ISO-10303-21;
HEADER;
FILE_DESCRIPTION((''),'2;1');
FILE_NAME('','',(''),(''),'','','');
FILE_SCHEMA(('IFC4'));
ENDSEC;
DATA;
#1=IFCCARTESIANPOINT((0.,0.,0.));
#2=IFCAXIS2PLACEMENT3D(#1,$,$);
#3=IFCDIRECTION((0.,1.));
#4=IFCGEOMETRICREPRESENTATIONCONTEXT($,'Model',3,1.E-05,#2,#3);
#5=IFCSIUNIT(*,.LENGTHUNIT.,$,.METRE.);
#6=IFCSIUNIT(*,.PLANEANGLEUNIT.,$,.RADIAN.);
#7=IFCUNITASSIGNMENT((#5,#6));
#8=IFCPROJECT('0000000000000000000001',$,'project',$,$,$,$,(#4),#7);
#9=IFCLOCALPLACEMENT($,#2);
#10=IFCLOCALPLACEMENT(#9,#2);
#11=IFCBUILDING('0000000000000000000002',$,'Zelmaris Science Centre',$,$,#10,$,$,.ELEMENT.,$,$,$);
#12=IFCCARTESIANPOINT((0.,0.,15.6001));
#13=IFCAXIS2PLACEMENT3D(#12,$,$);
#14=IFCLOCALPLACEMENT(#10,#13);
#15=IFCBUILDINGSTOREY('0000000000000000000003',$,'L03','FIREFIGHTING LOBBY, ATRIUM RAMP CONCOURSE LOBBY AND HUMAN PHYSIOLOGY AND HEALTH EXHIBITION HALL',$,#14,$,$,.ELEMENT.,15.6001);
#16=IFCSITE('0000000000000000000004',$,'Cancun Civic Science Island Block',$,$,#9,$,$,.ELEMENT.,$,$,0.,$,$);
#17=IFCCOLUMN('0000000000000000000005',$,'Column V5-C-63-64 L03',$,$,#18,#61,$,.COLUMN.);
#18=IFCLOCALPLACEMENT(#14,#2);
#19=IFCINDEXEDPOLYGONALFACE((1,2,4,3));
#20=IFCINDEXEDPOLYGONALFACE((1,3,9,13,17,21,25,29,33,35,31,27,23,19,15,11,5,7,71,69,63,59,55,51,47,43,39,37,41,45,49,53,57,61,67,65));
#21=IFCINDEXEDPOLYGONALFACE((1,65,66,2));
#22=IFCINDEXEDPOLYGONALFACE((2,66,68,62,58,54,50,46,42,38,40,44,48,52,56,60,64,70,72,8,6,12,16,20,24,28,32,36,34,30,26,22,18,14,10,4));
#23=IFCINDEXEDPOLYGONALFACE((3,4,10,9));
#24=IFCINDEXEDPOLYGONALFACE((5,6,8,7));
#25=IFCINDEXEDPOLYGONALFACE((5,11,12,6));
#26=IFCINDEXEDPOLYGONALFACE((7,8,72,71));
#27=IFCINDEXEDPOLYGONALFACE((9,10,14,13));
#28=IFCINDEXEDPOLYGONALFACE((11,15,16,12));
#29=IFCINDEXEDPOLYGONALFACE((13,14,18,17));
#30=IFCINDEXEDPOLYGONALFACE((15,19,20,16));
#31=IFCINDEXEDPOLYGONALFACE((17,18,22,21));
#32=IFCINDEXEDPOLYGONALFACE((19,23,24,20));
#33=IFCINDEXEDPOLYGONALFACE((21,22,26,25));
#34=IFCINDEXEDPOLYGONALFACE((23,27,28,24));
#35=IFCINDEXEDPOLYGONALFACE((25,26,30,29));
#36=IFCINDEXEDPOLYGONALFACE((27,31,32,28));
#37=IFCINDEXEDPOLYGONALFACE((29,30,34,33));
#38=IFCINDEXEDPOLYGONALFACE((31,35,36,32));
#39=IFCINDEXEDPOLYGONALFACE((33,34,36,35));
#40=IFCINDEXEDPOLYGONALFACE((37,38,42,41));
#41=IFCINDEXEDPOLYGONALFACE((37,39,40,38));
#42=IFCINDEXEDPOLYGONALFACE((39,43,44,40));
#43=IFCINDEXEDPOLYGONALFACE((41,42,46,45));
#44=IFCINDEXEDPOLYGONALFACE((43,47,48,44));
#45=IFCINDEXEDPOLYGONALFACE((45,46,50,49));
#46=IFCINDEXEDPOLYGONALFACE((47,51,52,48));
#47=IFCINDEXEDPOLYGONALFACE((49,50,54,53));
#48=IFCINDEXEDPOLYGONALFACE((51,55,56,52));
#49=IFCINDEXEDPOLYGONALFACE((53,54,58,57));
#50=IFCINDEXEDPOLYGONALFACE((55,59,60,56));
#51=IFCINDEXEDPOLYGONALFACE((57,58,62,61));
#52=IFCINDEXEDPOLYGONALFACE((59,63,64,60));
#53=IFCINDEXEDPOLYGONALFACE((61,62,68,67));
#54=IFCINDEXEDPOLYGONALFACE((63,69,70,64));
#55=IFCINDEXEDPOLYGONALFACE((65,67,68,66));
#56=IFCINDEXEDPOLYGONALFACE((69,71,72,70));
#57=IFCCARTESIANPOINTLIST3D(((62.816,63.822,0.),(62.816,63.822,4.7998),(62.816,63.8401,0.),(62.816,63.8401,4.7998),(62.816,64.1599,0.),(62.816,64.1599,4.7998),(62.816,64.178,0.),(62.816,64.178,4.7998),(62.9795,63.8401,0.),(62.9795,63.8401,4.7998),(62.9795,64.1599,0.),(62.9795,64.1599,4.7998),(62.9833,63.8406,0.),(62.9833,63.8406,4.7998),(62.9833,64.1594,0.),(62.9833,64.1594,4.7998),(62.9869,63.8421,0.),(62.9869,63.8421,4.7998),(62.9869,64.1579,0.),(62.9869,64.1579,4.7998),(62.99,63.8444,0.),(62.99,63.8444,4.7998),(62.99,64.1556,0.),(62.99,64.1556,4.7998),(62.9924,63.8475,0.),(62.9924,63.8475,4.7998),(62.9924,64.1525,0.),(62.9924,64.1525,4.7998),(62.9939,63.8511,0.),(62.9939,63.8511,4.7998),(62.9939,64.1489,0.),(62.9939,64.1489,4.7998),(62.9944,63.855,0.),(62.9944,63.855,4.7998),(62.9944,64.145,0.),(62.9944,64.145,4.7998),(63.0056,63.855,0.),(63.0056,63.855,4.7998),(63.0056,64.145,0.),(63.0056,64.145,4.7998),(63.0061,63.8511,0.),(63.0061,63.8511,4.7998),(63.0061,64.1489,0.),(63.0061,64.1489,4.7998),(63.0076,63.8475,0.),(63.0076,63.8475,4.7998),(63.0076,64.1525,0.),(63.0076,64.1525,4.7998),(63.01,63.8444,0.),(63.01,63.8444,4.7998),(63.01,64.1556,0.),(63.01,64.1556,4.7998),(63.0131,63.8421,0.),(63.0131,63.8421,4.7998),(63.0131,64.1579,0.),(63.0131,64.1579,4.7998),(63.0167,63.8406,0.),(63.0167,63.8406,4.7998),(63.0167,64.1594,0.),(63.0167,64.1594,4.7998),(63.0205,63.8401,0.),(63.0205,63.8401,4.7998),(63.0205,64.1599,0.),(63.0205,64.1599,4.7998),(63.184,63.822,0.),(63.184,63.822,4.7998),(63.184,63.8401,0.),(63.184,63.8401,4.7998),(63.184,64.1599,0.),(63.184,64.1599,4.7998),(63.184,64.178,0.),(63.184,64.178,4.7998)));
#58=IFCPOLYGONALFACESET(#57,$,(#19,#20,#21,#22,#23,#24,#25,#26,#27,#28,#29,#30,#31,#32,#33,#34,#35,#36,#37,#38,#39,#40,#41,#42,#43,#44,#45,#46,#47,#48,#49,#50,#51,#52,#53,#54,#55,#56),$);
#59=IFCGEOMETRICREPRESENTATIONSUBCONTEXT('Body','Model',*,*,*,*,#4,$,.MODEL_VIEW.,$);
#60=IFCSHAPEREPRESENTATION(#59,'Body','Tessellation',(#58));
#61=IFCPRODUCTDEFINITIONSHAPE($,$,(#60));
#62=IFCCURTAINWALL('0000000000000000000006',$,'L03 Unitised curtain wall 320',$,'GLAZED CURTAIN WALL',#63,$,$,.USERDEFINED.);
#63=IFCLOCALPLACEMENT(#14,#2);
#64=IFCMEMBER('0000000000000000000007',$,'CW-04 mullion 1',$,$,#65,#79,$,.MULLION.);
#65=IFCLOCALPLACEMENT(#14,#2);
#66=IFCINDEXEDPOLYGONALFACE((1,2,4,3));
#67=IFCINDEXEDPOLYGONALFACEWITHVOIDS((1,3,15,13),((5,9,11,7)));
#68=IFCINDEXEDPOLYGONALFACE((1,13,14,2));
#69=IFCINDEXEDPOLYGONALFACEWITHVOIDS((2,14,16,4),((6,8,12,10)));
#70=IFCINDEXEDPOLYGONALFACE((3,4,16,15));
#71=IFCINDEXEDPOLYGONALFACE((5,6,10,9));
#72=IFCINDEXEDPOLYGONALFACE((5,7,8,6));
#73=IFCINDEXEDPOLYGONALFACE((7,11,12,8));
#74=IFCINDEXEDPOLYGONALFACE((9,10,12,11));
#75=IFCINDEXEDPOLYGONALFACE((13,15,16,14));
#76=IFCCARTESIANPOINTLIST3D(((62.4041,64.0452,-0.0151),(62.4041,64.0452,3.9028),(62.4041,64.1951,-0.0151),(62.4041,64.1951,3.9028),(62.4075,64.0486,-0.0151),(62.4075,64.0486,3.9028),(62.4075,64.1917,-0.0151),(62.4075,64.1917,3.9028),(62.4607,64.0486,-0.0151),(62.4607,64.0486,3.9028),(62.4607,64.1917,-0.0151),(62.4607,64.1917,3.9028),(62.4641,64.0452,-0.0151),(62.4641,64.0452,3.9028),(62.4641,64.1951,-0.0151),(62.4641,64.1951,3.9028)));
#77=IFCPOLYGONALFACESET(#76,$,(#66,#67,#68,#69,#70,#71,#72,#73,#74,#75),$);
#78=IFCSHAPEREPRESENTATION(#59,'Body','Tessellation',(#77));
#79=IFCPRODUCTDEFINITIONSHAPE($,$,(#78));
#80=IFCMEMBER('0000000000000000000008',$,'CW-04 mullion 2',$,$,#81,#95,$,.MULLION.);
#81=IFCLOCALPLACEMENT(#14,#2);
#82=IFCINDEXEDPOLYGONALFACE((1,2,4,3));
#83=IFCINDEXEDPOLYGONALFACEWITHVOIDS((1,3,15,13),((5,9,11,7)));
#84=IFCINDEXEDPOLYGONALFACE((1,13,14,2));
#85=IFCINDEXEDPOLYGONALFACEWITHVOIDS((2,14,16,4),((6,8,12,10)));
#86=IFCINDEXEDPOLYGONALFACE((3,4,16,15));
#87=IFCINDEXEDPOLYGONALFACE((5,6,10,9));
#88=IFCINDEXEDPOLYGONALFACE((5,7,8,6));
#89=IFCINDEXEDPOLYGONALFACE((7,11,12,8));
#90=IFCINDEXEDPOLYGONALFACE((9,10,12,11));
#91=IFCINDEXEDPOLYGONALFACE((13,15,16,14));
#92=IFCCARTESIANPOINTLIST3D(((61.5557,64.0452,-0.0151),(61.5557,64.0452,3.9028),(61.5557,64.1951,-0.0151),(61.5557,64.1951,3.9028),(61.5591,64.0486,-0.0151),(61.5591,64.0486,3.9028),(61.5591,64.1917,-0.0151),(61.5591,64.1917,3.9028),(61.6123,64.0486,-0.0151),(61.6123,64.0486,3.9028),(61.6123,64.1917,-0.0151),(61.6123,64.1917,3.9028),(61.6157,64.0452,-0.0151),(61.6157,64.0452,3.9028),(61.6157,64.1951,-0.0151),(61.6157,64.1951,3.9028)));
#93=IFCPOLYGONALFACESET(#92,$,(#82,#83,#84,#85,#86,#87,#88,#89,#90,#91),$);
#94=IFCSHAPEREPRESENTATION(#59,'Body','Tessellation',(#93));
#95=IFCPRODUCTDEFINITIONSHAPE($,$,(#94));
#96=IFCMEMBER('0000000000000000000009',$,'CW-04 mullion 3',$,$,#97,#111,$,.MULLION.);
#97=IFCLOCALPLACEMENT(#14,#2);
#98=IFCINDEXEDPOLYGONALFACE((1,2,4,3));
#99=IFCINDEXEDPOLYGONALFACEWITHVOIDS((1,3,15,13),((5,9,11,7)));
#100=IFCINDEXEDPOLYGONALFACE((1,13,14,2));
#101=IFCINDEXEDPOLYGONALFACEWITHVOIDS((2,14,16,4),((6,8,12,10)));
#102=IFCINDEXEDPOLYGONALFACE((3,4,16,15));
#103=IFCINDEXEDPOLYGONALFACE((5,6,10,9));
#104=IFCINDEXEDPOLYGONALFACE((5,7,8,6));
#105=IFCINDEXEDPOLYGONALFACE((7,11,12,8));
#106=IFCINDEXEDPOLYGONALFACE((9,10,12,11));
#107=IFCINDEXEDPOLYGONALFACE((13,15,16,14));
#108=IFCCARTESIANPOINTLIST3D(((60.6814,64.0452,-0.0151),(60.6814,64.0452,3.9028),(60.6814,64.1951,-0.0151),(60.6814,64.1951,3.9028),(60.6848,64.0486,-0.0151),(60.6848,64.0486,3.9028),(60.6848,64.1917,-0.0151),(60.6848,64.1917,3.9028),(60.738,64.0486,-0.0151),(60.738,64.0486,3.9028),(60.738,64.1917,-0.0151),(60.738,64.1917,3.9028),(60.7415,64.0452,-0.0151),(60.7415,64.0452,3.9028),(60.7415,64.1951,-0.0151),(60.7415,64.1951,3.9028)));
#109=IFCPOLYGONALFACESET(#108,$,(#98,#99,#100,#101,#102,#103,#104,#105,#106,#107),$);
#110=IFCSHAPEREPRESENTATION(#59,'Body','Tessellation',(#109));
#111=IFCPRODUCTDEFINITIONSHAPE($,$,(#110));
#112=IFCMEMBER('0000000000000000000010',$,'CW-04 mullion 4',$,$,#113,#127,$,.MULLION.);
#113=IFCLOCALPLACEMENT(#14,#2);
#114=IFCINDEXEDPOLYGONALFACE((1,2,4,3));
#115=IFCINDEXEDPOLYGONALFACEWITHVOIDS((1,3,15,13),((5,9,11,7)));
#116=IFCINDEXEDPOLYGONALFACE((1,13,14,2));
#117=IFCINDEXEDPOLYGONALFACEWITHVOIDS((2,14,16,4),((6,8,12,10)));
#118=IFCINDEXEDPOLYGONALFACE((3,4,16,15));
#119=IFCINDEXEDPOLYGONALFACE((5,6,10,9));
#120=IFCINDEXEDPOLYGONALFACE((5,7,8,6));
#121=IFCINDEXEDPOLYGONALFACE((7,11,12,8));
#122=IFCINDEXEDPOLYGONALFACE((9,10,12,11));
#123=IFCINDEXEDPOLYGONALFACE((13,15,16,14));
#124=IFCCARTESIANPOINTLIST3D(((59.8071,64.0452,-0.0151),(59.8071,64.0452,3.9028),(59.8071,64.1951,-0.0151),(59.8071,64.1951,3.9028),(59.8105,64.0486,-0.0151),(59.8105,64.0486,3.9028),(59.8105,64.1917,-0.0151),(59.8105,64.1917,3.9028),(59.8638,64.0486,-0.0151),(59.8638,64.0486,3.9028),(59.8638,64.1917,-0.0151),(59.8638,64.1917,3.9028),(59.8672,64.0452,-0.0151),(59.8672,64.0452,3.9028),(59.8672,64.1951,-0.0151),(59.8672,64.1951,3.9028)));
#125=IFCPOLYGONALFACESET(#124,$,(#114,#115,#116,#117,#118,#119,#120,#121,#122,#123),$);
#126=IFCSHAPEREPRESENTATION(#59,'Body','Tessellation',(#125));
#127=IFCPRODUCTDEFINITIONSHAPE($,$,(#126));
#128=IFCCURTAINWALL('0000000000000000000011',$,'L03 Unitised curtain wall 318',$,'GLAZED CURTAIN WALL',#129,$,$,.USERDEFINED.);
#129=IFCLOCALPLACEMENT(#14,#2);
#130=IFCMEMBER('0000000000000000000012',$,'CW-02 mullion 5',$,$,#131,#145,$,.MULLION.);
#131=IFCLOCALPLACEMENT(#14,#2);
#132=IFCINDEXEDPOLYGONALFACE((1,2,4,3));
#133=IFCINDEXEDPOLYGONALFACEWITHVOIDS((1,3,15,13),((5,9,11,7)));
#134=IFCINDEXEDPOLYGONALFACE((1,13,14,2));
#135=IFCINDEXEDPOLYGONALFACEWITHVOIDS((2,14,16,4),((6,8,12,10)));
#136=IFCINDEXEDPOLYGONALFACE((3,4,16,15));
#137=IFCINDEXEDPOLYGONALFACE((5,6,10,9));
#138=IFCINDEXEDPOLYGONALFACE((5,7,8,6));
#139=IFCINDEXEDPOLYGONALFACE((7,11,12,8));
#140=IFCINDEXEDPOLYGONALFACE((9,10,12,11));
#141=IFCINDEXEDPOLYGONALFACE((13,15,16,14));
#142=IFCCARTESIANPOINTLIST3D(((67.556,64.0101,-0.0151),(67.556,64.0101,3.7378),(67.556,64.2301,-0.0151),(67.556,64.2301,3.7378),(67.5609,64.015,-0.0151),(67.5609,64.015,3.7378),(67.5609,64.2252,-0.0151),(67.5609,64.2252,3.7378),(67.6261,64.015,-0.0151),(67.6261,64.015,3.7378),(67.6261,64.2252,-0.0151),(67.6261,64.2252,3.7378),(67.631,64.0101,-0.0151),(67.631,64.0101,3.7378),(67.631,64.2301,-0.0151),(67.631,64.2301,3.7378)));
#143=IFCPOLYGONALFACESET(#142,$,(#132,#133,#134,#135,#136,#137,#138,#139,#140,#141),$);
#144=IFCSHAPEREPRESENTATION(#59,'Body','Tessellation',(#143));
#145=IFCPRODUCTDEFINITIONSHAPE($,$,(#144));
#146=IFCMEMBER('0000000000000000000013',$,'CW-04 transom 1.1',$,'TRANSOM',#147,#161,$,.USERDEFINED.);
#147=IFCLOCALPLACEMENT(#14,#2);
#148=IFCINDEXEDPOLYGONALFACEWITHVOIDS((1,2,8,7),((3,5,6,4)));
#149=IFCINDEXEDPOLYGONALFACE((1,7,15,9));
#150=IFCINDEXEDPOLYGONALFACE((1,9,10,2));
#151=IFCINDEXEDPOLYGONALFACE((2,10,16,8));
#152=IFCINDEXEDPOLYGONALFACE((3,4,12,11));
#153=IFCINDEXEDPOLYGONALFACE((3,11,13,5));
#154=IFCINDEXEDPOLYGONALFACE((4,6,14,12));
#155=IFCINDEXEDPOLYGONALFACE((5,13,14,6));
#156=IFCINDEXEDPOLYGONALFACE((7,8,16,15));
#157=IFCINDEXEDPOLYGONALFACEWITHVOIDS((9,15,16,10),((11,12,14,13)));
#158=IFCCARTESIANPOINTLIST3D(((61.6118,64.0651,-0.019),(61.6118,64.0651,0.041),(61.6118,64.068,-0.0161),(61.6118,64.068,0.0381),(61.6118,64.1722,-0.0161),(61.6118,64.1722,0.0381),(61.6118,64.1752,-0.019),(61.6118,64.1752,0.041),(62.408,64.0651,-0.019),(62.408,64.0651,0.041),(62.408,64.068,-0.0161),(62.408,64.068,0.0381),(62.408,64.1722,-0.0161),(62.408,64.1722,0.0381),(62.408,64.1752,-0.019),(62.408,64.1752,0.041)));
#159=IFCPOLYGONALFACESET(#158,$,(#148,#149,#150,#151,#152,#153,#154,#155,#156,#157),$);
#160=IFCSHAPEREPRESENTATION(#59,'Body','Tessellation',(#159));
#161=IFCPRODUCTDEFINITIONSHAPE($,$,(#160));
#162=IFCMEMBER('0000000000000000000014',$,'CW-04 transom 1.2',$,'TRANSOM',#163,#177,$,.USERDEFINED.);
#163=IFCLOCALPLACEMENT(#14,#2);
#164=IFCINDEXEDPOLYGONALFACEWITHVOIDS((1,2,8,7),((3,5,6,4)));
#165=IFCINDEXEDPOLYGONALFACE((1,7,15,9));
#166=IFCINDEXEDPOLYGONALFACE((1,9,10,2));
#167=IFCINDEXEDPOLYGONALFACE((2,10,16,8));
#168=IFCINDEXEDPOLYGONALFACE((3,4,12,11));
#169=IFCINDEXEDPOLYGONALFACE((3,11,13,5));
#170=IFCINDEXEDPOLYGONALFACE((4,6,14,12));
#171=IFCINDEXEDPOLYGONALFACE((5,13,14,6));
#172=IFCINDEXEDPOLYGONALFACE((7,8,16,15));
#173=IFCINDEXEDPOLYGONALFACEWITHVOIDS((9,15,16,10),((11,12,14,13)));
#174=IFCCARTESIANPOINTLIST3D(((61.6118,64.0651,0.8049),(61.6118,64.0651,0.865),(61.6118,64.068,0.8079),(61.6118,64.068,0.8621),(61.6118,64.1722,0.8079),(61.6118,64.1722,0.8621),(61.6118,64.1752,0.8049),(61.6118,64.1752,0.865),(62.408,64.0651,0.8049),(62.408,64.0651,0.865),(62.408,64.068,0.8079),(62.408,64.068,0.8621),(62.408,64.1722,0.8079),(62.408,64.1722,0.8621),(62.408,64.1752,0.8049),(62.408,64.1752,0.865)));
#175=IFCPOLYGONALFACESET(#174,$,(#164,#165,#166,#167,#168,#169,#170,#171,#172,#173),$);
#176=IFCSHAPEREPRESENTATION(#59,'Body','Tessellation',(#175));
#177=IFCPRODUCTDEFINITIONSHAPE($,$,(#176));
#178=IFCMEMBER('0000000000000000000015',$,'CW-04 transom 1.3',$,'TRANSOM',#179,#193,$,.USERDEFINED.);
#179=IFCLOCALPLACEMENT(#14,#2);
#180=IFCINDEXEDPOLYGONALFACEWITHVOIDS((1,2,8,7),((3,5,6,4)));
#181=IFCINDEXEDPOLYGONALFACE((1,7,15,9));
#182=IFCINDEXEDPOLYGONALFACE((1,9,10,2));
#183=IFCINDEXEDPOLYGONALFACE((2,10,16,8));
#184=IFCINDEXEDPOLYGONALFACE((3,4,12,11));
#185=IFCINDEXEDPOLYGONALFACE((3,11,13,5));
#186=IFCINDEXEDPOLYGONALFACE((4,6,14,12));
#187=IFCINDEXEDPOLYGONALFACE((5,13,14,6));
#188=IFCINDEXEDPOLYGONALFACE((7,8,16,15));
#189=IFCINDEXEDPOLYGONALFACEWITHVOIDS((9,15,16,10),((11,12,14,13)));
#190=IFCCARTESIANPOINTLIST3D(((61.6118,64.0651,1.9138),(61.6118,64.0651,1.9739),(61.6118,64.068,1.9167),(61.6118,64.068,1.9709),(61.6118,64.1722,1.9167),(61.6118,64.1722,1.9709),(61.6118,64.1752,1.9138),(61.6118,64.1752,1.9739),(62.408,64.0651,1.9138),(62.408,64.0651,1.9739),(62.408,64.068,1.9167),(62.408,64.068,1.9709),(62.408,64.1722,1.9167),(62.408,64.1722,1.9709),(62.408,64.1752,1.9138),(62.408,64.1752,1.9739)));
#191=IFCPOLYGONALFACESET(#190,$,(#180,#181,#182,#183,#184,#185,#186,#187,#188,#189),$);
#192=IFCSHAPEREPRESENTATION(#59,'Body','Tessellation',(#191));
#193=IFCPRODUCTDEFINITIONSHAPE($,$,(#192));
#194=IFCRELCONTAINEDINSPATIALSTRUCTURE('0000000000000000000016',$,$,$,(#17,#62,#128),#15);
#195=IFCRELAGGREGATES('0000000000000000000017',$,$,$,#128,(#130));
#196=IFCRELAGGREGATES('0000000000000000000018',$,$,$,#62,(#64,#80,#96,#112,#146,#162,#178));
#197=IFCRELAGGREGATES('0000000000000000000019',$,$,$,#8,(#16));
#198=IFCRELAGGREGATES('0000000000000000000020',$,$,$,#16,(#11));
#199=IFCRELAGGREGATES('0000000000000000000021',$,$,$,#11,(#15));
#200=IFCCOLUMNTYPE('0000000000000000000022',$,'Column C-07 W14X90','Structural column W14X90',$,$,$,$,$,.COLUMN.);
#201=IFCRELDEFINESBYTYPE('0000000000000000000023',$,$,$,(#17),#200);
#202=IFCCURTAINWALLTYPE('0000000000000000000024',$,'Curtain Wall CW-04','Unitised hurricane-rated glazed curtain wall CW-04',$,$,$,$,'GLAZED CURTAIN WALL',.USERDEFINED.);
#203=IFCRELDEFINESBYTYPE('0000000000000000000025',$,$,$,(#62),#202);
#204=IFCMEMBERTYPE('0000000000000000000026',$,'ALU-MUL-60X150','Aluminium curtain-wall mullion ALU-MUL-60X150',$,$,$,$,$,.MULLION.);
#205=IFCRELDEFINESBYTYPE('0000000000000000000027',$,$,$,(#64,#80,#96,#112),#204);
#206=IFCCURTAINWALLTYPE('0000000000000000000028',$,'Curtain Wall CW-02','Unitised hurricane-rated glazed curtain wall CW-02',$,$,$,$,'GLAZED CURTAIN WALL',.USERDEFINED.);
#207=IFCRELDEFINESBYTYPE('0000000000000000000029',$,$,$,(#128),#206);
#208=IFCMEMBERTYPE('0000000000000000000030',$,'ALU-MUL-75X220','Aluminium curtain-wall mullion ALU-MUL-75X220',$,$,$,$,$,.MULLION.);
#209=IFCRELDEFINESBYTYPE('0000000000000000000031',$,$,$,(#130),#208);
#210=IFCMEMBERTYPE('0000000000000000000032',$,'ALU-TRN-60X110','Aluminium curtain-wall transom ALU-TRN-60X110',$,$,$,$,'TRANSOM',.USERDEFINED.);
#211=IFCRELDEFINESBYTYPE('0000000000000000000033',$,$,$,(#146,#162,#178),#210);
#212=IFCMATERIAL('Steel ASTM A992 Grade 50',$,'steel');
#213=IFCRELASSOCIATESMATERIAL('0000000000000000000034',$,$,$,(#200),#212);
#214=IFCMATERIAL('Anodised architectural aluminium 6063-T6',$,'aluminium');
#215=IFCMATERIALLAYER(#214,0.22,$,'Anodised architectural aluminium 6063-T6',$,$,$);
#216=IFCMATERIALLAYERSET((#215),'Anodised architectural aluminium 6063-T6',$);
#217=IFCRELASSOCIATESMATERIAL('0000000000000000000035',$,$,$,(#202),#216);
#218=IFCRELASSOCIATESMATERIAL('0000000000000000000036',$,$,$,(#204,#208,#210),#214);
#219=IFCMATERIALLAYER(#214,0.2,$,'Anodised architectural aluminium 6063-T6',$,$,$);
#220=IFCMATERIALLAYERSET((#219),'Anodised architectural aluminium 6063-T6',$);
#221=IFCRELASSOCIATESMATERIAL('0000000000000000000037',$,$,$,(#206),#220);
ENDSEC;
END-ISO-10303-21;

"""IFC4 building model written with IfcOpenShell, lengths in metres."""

from ifc_helpers import new_model, si_unit, direction, frame, origin, origin_2d, place, context, subcontext, project, spatial, hollow_rectangle, i_section, extrude, material, layer, layer_set, material_profile, profile_set, type_object, element, aggregate, save


model = new_model("IFC4")

# Units and contexts
model_context = context("Model", 3, precision=1e-05, world=origin(), true_north=direction((0.0, 1.0)))
body_context = subcontext(model_context, "Body", "Model", "MODEL_VIEW")
ifc_project = project(units=[si_unit("LENGTHUNIT", "METRE"), si_unit("PLANEANGLEUNIT", "RADIAN")], contexts=[model_context])

# Site, building, storey
site_placement = place(None, origin())
site = spatial("IfcSite", under=ifc_project, at=site_placement, Name="Cancun Civic Science Island Block", CompositionType="ELEMENT", RefElevation=0.0)
building_placement = place(site_placement, origin())
building = spatial("IfcBuilding", under=site, at=building_placement, Name="Zelmaris Science Centre", CompositionType="ELEMENT")
storey_placement = place(building_placement, frame((0.0, 0.0, 15.6001)))
storey = spatial("IfcBuildingStorey", under=building, at=storey_placement, Name="L03", Description="FIREFIGHTING LOBBY, ATRIUM RAMP CONCOURSE LOBBY AND HUMAN PHYSIOLOGY AND HEALTH EXHIBITION HALL", CompositionType="ELEMENT", Elevation=15.6001)

# Column
ifc_material_1 = material(Name="Steel ASTM A992 Grade 50", Category="steel")
ifc_material_profile_1 = material_profile(ifc_material_1, i_section(OverallWidth=0.3679, OverallDepth=0.356, WebThickness=0.0112, FlangeThickness=0.0181, FilletRadius=0.0149, at=origin_2d()), Name="W14X90")
ifc_profile_set_1 = profile_set([ifc_material_profile_1], Name="Steel ASTM A992 Grade 50")
column_type = type_object("IfcColumnType", Name="Column C-07 W14X90", Description="Structural column W14X90", PredefinedType="COLUMN", material=ifc_profile_set_1)
column_placement = place(storey_placement, frame((63.0, 64.0, 0.0), z_axis=(0.0, 0.0, 1.0), x_axis=(1.0, 0.0, 0.0)))
element("IfcColumn", 1, at=column_placement, inside=storey, type_object=column_type, Name="Column V5-C-63-64 L03", PredefinedType="COLUMN", context=body_context, shape_type="SweptSolid", body=[
    extrude(i_section(OverallWidth=0.3679, OverallDepth=0.356, WebThickness=0.0112, FlangeThickness=0.0181, FilletRadius=0.0149, at=origin_2d()), origin(), (0.0, 0.0, 1.0), 4.7998),
])

# Curtain wall, members
ifc_material_2 = material(Name="Anodised architectural aluminium 6063-T6", Category="aluminium")
ifc_layer_1 = layer(ifc_material_2, 0.22, Name="Anodised architectural aluminium 6063-T6")
ifc_layer_set_1 = layer_set([ifc_layer_1], Name="Anodised architectural aluminium 6063-T6")
curtain_wall_type_1 = type_object("IfcCurtainWallType", Name="Curtain Wall CW-04", Description="Unitised hurricane-rated glazed curtain wall CW-04", ElementType="GLAZED CURTAIN WALL", PredefinedType="USERDEFINED", material=ifc_layer_set_1)
curtain_wall_1_placement = place(storey_placement, origin())
curtain_wall_1 = element("IfcCurtainWall", 2, at=curtain_wall_1_placement, inside=storey, type_object=curtain_wall_type_1, Name="L03 Unitised curtain wall 320", ObjectType="GLAZED CURTAIN WALL", PredefinedType="USERDEFINED")
ifc_material_profile_2 = material_profile(ifc_material_2, hollow_rectangle(XDim=0.0601, YDim=0.1499, WallThickness=0.0034, at=origin_2d()), Name="ALU-MUL-60X150")
ifc_profile_set_2 = profile_set([ifc_material_profile_2], Name="Anodised architectural aluminium 6063-T6")
member_type_1 = type_object("IfcMemberType", Name="ALU-MUL-60X150", Description="Aluminium curtain-wall mullion ALU-MUL-60X150", PredefinedType="MULLION", material=ifc_profile_set_2)
member_1_placement = place(storey_placement, frame((62.4341, 64.1201, -0.0151), z_axis=(0.0, 0.0, 1.0), x_axis=(-1.0, 0.000003, 0.0)))
member_1 = element("IfcMember", 3, at=member_1_placement, type_object=member_type_1, Name="CW-04 mullion 1", PredefinedType="MULLION", context=body_context, shape_type="SweptSolid", body=[
    extrude(hollow_rectangle(XDim=0.0601, YDim=0.1499, WallThickness=0.0034, at=origin_2d()), origin(), (0.0, 0.0, 1.0), 3.918),
])
member_2_placement = place(storey_placement, frame((61.5857, 64.1201, -0.0151), z_axis=(0.0, 0.0, 1.0), x_axis=(-1.0, 0.000003, 0.0)))
member_2 = element("IfcMember", 4, at=member_2_placement, type_object=member_type_1, Name="CW-04 mullion 2", PredefinedType="MULLION", context=body_context, shape_type="SweptSolid", body=[
    extrude(hollow_rectangle(XDim=0.0601, YDim=0.1499, WallThickness=0.0034, at=origin_2d()), origin(), (0.0, 0.0, 1.0), 3.918),
])
member_3_placement = place(storey_placement, frame((60.7114, 64.1201, -0.0151), z_axis=(0.0, 0.0, 1.0), x_axis=(-1.0, 0.000003, 0.0)))
member_3 = element("IfcMember", 5, at=member_3_placement, type_object=member_type_1, Name="CW-04 mullion 3", PredefinedType="MULLION", context=body_context, shape_type="SweptSolid", body=[
    extrude(hollow_rectangle(XDim=0.0601, YDim=0.1499, WallThickness=0.0034, at=origin_2d()), origin(), (0.0, 0.0, 1.0), 3.918),
])
member_4_placement = place(storey_placement, frame((59.8372, 64.1201, -0.0151), z_axis=(0.0, 0.0, 1.0), x_axis=(-1.0, 0.000003, 0.0)))
member_4 = element("IfcMember", 6, at=member_4_placement, type_object=member_type_1, Name="CW-04 mullion 4", PredefinedType="MULLION", context=body_context, shape_type="SweptSolid", body=[
    extrude(hollow_rectangle(XDim=0.0601, YDim=0.1499, WallThickness=0.0034, at=origin_2d()), origin(), (0.0, 0.0, 1.0), 3.918),
])

# Curtain wall, member
ifc_layer_2 = layer(ifc_material_2, 0.2, Name="Anodised architectural aluminium 6063-T6")
ifc_layer_set_2 = layer_set([ifc_layer_2], Name="Anodised architectural aluminium 6063-T6")
curtain_wall_type_2 = type_object("IfcCurtainWallType", Name="Curtain Wall CW-02", Description="Unitised hurricane-rated glazed curtain wall CW-02", ElementType="GLAZED CURTAIN WALL", PredefinedType="USERDEFINED", material=ifc_layer_set_2)
curtain_wall_2_placement = place(storey_placement, origin())
curtain_wall_2 = element("IfcCurtainWall", 7, at=curtain_wall_2_placement, inside=storey, type_object=curtain_wall_type_2, Name="L03 Unitised curtain wall 318", ObjectType="GLAZED CURTAIN WALL", PredefinedType="USERDEFINED")
ifc_material_profile_3 = material_profile(ifc_material_2, hollow_rectangle(XDim=0.075, YDim=0.22, WallThickness=0.0049, at=origin_2d()), Name="ALU-MUL-75X220")
ifc_profile_set_3 = profile_set([ifc_material_profile_3], Name="Anodised architectural aluminium 6063-T6")
member_type_2 = type_object("IfcMemberType", Name="ALU-MUL-75X220", Description="Aluminium curtain-wall mullion ALU-MUL-75X220", PredefinedType="MULLION", material=ifc_profile_set_3)
member_5_placement = place(storey_placement, frame((67.5935, 64.1201, -0.0151), z_axis=(0.0, 0.0, 1.0), x_axis=(-1.0, 0.000003, 0.0)))
member_5 = element("IfcMember", 8, at=member_5_placement, type_object=member_type_2, Name="CW-02 mullion 5", PredefinedType="MULLION", context=body_context, shape_type="SweptSolid", body=[
    extrude(hollow_rectangle(XDim=0.075, YDim=0.22, WallThickness=0.0049, at=origin_2d()), origin(), (0.0, 0.0, 1.0), 3.7529),
])
aggregate(curtain_wall_2, [member_5])

# Members
ifc_material_profile_4 = material_profile(ifc_material_2, hollow_rectangle(XDim=0.0601, YDim=0.1101, WallThickness=0.0029, at=origin_2d()), Name="ALU-TRN-60X110")
ifc_profile_set_4 = profile_set([ifc_material_profile_4], Name="Anodised architectural aluminium 6063-T6")
member_type_3 = type_object("IfcMemberType", Name="ALU-TRN-60X110", Description="Aluminium curtain-wall transom ALU-TRN-60X110", ElementType="TRANSOM", PredefinedType="USERDEFINED", material=ifc_profile_set_4)
member_6_placement = place(storey_placement, frame((62.408, 64.1201, 0.011), z_axis=(-1.0, 0.0, 0.0), x_axis=(0.0, 0.0, 1.0)))
member_6 = element("IfcMember", 9, at=member_6_placement, type_object=member_type_3, Name="CW-04 transom 1.1", ObjectType="TRANSOM", PredefinedType="USERDEFINED", context=body_context, shape_type="SweptSolid", body=[
    extrude(hollow_rectangle(XDim=0.0601, YDim=0.1101, WallThickness=0.0029, at=origin_2d()), origin(), (0.0, 0.0, 1.0), 0.7961),
])
member_7_placement = place(storey_placement, frame((62.408, 64.1201, 0.835), z_axis=(-1.0, 0.0, 0.0), x_axis=(0.0, 0.0, 1.0)))
member_7 = element("IfcMember", 10, at=member_7_placement, type_object=member_type_3, Name="CW-04 transom 1.2", ObjectType="TRANSOM", PredefinedType="USERDEFINED", context=body_context, shape_type="SweptSolid", body=[
    extrude(hollow_rectangle(XDim=0.0601, YDim=0.1101, WallThickness=0.0029, at=origin_2d()), origin(), (0.0, 0.0, 1.0), 0.7961),
])
member_8_placement = place(storey_placement, frame((62.408, 64.1201, 1.9438), z_axis=(-1.0, 0.0, 0.0), x_axis=(0.0, 0.0, 1.0)))
member_8 = element("IfcMember", 11, at=member_8_placement, type_object=member_type_3, Name="CW-04 transom 1.3", ObjectType="TRANSOM", PredefinedType="USERDEFINED", context=body_context, shape_type="SweptSolid", body=[
    extrude(hollow_rectangle(XDim=0.0601, YDim=0.1101, WallThickness=0.0029, at=origin_2d()), origin(), (0.0, 0.0, 1.0), 0.7961),
])

aggregate(curtain_wall_1, [member_1, member_2, member_3, member_4, member_6, member_7, member_8])

save(model, "model.ifc")
